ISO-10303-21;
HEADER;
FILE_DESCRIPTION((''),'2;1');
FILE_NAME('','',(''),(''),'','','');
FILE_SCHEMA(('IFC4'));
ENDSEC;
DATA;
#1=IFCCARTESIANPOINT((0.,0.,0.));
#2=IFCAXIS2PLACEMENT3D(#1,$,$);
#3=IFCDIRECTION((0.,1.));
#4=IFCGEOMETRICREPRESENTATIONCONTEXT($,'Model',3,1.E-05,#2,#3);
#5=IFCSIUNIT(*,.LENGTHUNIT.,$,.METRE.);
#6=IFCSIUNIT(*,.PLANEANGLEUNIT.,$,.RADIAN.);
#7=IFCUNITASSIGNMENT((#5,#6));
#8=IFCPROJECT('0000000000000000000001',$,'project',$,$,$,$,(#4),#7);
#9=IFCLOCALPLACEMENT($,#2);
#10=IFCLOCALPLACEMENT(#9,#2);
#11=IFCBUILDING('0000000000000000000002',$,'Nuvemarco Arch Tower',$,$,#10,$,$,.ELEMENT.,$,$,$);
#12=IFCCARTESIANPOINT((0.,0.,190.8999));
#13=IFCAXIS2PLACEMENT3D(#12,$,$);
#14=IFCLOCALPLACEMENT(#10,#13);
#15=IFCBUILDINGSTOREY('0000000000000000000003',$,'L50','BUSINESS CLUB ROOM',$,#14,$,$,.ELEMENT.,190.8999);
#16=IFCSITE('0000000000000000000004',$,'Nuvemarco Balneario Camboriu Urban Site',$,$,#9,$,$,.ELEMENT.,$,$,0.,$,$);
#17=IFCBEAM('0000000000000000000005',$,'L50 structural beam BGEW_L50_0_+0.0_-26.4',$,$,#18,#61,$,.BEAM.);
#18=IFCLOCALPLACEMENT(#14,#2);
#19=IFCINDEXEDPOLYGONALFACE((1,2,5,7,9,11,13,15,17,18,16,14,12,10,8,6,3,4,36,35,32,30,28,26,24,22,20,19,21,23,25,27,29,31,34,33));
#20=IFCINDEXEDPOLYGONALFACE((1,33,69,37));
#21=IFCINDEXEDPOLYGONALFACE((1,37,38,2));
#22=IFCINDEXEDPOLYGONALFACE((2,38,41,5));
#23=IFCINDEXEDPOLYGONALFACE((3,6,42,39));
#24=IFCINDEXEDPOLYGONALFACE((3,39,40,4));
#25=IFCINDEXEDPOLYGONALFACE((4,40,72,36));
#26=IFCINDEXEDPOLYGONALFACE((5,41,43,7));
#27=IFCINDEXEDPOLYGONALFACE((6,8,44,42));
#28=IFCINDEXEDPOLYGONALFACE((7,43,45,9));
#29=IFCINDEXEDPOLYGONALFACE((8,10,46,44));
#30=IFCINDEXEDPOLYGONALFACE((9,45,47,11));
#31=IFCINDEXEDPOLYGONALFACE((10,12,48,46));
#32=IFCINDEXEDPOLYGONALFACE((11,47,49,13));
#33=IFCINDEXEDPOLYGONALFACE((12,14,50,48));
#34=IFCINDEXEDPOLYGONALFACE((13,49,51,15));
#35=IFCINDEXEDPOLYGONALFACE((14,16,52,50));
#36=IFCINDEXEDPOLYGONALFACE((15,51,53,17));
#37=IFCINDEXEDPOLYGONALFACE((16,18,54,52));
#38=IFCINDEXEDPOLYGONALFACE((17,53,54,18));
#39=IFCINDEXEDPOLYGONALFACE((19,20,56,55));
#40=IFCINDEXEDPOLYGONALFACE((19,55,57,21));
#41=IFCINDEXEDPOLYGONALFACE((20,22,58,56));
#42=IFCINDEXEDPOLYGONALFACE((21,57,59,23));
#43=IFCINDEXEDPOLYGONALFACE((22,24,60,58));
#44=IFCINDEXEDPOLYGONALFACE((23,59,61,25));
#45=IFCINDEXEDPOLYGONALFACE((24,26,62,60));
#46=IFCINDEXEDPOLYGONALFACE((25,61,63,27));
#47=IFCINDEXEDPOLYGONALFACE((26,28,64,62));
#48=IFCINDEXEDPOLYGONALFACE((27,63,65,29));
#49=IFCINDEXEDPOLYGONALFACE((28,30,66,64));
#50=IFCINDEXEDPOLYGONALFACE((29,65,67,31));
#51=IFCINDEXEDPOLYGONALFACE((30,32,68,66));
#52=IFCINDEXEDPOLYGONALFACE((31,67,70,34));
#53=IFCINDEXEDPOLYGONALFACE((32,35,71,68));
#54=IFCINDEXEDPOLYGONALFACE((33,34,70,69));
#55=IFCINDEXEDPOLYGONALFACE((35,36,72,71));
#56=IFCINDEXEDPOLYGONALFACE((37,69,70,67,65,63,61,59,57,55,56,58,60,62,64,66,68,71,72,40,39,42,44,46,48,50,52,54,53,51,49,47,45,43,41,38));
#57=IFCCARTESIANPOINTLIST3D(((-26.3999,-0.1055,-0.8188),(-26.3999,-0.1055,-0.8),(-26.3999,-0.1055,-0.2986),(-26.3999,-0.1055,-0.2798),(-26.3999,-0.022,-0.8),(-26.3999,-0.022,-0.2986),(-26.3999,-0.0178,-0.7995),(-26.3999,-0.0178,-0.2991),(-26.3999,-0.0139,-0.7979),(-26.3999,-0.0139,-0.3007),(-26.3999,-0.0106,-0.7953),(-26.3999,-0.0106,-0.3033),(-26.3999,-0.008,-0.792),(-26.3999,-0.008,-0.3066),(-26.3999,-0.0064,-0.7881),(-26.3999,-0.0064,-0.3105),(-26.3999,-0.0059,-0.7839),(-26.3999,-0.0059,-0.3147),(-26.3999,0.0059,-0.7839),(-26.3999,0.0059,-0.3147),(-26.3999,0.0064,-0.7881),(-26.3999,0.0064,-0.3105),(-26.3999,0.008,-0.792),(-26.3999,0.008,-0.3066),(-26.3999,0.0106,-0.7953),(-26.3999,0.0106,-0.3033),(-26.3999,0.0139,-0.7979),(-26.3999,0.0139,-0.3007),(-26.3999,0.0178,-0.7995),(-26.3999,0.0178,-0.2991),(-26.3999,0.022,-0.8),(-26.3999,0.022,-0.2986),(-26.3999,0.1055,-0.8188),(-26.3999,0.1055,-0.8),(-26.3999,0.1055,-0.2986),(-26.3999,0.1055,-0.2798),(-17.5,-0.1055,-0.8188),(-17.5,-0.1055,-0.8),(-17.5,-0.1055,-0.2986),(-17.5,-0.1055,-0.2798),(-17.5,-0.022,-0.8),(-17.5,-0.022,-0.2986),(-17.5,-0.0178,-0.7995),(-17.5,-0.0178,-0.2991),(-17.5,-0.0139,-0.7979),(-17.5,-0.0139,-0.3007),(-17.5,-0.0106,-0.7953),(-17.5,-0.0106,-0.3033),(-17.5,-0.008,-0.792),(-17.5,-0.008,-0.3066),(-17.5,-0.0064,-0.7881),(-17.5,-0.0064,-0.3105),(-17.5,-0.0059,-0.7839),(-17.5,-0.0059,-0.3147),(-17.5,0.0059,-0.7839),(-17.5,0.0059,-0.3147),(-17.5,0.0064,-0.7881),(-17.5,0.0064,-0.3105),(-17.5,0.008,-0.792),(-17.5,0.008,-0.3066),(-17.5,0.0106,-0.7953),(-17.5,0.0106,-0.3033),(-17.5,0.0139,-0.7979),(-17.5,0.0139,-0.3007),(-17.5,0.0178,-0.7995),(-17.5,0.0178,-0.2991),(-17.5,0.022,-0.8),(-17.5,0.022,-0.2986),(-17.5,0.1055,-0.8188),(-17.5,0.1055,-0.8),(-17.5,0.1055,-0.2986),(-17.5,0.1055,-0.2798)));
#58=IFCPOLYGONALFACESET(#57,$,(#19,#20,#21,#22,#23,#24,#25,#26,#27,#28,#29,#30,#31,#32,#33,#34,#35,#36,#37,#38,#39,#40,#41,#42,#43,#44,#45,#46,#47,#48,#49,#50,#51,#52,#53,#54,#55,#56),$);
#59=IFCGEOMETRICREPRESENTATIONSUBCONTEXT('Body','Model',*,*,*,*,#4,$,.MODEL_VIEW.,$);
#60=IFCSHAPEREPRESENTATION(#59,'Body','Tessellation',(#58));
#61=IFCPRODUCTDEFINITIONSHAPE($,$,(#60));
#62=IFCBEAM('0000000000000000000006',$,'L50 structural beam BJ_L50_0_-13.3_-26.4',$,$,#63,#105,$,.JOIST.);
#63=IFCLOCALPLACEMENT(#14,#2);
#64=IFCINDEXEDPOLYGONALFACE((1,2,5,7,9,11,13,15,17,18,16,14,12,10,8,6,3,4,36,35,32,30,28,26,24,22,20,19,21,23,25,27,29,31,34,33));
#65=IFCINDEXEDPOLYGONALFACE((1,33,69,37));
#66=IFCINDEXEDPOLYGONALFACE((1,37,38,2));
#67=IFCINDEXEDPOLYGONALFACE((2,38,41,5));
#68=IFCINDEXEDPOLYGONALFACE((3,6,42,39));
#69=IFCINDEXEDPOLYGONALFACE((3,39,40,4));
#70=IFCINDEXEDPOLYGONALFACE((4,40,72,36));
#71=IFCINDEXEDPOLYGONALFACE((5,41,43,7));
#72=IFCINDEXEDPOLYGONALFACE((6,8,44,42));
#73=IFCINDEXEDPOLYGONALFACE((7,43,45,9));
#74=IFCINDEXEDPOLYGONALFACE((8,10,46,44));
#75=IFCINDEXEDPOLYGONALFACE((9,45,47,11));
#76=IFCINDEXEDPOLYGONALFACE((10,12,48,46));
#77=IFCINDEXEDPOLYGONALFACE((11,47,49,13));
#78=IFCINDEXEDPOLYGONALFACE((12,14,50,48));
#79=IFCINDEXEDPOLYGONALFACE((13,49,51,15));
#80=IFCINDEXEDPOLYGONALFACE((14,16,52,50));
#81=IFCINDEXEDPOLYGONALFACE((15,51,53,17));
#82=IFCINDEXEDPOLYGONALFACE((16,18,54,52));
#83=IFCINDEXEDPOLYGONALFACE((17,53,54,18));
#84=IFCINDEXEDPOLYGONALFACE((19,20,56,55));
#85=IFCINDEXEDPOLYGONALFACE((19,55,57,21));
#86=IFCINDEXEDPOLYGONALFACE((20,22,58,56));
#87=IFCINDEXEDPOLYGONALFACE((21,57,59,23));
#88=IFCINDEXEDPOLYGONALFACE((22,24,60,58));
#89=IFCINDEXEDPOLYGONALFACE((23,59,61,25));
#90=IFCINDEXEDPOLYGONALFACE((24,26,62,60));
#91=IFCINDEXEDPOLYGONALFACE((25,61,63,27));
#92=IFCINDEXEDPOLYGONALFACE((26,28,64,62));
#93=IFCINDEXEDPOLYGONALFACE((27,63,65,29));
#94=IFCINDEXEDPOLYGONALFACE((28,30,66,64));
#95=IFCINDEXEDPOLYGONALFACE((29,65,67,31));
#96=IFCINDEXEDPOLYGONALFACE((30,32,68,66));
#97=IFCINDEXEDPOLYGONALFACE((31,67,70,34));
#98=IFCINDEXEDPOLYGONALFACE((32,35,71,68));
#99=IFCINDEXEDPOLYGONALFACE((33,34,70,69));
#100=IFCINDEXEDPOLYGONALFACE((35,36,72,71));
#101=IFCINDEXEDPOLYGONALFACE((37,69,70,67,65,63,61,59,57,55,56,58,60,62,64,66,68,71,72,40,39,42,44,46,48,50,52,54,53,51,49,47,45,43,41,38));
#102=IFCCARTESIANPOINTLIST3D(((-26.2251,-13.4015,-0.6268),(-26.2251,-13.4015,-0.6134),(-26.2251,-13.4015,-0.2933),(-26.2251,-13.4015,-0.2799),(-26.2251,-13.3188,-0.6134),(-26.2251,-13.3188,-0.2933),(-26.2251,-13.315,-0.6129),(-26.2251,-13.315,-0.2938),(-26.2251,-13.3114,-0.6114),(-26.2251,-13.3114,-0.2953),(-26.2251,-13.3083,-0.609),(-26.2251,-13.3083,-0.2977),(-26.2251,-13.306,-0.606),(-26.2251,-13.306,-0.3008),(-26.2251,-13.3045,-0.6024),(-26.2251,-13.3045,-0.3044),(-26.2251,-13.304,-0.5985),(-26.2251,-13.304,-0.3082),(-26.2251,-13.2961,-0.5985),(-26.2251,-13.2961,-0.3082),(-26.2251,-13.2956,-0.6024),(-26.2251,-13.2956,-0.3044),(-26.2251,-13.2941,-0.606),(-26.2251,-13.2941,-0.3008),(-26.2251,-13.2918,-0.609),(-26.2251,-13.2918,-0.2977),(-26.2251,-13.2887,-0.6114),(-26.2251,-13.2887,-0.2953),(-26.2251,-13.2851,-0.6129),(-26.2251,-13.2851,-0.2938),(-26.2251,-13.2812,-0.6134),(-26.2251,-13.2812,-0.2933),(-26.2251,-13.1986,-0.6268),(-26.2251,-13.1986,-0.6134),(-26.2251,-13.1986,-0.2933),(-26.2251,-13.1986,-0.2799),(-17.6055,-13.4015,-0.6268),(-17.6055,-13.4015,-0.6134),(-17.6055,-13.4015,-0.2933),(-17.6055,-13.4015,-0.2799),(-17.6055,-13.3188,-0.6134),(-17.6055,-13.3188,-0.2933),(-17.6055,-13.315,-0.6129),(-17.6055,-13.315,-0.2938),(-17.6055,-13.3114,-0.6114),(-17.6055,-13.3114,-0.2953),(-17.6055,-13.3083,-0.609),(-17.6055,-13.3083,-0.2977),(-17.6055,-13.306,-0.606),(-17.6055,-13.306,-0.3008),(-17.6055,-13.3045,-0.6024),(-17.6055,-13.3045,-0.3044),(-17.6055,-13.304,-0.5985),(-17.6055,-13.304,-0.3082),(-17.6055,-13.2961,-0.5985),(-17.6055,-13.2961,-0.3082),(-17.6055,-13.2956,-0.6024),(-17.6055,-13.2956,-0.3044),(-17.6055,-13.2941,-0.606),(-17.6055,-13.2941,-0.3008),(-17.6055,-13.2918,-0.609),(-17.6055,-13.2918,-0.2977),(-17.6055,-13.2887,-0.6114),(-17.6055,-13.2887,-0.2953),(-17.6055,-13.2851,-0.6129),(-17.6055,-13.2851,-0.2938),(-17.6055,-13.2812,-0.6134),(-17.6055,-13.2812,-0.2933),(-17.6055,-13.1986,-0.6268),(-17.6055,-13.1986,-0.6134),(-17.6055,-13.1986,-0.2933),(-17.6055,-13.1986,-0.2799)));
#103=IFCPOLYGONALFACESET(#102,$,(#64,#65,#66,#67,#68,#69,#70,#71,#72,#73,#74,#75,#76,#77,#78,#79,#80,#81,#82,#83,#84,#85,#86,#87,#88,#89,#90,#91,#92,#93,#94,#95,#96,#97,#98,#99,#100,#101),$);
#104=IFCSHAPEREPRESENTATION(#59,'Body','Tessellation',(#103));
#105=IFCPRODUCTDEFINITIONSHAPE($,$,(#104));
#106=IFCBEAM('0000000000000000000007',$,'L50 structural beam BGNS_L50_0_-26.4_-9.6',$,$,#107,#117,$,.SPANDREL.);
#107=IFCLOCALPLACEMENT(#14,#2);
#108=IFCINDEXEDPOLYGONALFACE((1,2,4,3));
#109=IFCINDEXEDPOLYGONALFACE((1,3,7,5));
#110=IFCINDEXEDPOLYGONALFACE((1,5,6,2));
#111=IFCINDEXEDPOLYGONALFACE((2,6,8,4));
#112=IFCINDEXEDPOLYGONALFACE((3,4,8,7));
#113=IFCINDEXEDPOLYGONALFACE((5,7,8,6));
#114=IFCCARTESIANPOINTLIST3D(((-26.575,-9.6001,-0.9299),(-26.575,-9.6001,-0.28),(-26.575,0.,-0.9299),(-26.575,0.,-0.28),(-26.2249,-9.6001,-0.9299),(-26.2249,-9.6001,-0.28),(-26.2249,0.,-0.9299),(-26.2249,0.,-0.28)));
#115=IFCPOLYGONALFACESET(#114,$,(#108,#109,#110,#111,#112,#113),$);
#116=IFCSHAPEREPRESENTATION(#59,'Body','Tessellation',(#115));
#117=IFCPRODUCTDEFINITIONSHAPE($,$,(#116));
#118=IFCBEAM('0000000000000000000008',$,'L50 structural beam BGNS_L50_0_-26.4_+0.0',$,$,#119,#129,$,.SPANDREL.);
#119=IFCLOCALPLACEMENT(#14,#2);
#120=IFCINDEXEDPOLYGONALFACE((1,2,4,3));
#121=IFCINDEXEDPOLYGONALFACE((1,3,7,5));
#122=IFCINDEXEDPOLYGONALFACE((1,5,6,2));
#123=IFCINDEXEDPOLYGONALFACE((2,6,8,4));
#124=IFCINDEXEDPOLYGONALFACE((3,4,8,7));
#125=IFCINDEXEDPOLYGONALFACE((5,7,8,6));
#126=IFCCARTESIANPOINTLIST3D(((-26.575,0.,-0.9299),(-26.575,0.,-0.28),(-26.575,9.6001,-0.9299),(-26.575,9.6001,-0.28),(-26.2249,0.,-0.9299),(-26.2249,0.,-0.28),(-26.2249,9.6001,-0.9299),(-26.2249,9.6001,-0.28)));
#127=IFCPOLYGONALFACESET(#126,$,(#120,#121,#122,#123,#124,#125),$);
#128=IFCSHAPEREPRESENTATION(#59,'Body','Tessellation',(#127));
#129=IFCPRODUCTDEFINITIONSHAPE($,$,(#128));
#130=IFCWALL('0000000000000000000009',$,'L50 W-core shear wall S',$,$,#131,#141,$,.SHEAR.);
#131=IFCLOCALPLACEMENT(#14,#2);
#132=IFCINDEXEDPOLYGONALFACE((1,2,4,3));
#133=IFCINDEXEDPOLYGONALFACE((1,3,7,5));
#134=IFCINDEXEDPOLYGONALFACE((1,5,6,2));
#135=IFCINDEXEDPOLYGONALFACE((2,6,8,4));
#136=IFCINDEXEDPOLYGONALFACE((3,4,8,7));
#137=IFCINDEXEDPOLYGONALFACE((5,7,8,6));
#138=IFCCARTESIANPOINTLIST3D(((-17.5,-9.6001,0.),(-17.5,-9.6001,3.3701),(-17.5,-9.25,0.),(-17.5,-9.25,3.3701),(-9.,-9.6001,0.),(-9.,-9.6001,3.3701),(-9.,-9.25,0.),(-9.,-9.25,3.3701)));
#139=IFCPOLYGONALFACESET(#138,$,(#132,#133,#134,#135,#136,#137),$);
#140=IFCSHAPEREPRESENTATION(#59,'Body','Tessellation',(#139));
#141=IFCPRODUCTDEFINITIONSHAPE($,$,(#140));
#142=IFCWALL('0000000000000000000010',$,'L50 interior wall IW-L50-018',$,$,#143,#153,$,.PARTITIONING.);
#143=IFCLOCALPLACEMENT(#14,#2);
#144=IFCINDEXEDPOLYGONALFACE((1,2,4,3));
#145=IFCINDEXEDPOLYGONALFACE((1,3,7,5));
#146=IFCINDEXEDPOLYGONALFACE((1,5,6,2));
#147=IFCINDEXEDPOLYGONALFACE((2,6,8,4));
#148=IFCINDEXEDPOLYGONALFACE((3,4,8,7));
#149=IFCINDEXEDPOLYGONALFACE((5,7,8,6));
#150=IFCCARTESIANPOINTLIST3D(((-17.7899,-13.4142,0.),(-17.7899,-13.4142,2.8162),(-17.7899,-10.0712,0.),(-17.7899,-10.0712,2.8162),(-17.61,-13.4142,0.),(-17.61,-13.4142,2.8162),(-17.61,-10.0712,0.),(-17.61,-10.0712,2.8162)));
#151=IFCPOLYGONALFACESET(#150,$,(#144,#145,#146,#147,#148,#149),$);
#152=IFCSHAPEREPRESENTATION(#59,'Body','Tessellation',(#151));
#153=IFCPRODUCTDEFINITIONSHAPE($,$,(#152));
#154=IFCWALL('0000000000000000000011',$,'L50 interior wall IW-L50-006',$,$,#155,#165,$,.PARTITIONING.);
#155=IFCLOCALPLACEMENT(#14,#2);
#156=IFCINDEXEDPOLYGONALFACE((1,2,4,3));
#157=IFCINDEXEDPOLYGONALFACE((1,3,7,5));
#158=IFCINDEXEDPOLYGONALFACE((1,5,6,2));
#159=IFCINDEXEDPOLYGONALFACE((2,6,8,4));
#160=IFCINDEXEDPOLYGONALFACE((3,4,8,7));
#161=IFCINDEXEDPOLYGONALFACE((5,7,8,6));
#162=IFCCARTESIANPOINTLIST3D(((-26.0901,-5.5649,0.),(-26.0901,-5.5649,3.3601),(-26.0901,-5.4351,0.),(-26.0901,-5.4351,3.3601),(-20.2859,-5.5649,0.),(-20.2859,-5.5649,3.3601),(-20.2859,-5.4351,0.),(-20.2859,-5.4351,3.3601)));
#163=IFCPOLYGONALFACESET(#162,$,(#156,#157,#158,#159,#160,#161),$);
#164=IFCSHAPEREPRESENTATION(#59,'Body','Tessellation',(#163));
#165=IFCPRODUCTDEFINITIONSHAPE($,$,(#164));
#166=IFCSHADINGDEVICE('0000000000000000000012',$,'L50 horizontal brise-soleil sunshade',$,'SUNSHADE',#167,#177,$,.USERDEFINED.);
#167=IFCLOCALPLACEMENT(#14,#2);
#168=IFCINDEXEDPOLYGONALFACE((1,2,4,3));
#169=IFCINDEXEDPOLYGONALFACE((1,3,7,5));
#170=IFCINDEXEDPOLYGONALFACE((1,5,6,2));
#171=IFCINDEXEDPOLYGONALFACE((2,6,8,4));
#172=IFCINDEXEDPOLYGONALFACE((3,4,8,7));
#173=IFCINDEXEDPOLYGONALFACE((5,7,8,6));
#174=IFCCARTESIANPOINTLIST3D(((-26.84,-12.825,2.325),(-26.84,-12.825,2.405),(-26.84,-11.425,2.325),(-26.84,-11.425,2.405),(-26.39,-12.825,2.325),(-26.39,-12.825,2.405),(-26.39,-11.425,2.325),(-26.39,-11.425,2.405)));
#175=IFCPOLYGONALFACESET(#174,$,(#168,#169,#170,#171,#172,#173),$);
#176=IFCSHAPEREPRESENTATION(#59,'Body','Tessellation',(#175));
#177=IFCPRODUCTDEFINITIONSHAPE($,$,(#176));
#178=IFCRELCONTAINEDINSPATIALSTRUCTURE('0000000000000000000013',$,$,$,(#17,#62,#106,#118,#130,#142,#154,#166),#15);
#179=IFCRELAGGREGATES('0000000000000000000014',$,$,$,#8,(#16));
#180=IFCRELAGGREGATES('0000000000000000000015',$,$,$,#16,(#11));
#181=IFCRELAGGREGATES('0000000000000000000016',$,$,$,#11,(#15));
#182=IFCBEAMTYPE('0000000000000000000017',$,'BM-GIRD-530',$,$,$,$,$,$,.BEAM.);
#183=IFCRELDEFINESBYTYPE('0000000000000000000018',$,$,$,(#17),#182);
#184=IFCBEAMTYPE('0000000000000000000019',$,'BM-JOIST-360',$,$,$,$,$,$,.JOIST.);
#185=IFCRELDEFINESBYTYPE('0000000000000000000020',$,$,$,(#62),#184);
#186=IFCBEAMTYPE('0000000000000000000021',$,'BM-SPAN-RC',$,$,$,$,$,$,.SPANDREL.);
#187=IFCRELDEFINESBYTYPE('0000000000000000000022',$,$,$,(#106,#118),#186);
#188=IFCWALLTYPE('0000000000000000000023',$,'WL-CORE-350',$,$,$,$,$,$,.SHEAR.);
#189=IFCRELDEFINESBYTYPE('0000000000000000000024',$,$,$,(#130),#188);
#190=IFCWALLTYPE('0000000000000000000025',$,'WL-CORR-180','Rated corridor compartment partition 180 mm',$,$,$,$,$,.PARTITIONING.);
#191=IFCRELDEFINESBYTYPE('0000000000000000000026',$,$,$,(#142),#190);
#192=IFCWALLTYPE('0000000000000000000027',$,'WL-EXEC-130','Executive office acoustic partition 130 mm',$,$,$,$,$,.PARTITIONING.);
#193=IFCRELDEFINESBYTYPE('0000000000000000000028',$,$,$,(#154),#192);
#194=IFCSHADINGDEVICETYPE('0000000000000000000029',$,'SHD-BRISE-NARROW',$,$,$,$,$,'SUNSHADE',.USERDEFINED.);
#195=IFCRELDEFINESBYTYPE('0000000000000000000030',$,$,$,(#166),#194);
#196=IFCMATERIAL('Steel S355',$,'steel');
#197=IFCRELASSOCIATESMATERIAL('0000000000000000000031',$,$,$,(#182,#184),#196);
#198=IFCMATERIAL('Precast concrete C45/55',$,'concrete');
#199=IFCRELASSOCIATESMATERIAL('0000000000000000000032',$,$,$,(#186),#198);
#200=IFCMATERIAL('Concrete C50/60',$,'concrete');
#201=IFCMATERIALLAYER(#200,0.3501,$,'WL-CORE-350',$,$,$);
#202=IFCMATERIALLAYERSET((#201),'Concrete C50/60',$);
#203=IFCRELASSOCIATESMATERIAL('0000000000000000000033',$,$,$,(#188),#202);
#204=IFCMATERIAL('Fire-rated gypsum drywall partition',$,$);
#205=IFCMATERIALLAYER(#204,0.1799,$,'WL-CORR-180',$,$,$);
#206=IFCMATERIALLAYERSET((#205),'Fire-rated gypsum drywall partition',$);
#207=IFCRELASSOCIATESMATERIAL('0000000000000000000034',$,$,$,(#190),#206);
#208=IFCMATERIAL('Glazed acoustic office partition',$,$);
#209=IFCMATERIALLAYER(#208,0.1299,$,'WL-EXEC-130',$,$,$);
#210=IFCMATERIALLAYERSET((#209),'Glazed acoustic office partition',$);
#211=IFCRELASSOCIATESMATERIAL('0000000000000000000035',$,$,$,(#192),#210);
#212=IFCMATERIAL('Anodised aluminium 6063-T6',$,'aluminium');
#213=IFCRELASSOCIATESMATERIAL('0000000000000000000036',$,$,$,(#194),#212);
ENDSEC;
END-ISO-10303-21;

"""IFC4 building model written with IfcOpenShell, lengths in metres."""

from ifc_helpers import new_model, si_unit, direction, frame, frame_2d, origin, origin_2d, place, context, subcontext, project, spatial, rectangle, i_section, extrude, source, transform, mapped, material, layer, layer_set, material_profile, profile_set, type_object, type_shapes, element, save


model = new_model("IFC4")

# Units and contexts
model_context = context("Model", 3, precision=1e-05, world=origin(), true_north=direction((0.0, 1.0)))
body_context = subcontext(model_context, "Body", "Model", "MODEL_VIEW")
ifc_project = project(units=[si_unit("LENGTHUNIT", "METRE"), si_unit("PLANEANGLEUNIT", "RADIAN")], contexts=[model_context])

# Site, building, storey
site_placement = place(None, origin())
site = spatial("IfcSite", under=ifc_project, at=site_placement, Name="Nuvemarco Balneario Camboriu Urban Site", CompositionType="ELEMENT", RefElevation=0.0)
building_placement = place(site_placement, origin())
building = spatial("IfcBuilding", under=site, at=building_placement, Name="Nuvemarco Arch Tower", CompositionType="ELEMENT")
storey_placement = place(building_placement, frame((0.0, 0.0, 190.8999)))
storey = spatial("IfcBuildingStorey", under=building, at=storey_placement, Name="L50", Description="BUSINESS CLUB ROOM", CompositionType="ELEMENT", Elevation=190.8999)

# Shared definitions
ifc_material_1 = material(Name="Concrete C50/60", Category="concrete")
ifc_material_2 = material(Name="Steel S355", Category="steel")

# Beams
ifc_material_profile_1 = material_profile(ifc_material_2, i_section(OverallWidth=0.2109, OverallDepth=0.5391, WebThickness=0.0117, FlangeThickness=0.0188, FilletRadius=0.0161, at=origin_2d()), Name="W530x109")
ifc_profile_set_1 = profile_set([ifc_material_profile_1], Name="Steel S355")
beam_type_1 = type_object("IfcBeamType", Name="BM-GIRD-530", PredefinedType="BEAM", material=ifc_profile_set_1)
beam_1_placement = place(storey_placement, frame((-26.3999, 0.0, -0.5493), z_axis=(1.0, 0.0, 0.0), x_axis=(0.0, 1.0, 0.0)))
element("IfcBeam", 1, at=beam_1_placement, inside=storey, type_object=beam_type_1, Name="L50 structural beam BGEW_L50_0_+0.0_-26.4", PredefinedType="BEAM", context=body_context, shape_type="SweptSolid", body=[
    extrude(i_section(OverallWidth=0.2109, OverallDepth=0.5391, WebThickness=0.0117, FlangeThickness=0.0188, FilletRadius=0.0161, at=origin_2d()), origin(), (0.0, 0.0, 1.0), 8.8999),
])
ifc_material_profile_2 = material_profile(ifc_material_2, i_section(OverallWidth=0.2029, OverallDepth=0.3469, WebThickness=0.0078, FlangeThickness=0.0134, FilletRadius=0.0149, at=origin_2d()), Name="W360x64")
ifc_profile_set_2 = profile_set([ifc_material_profile_2], Name="Steel S355")
beam_type_2 = type_object("IfcBeamType", Name="BM-JOIST-360", PredefinedType="JOIST", material=ifc_profile_set_2)
beam_2_placement = place(storey_placement, frame((-26.2251, -13.3, -0.4534), z_axis=(1.0, 0.0, 0.0), x_axis=(0.0, 1.0, 0.0)))
element("IfcBeam", 2, at=beam_2_placement, inside=storey, type_object=beam_type_2, Name="L50 structural beam BJ_L50_0_-13.3_-26.4", PredefinedType="JOIST", context=body_context, shape_type="SweptSolid", body=[
    extrude(i_section(OverallWidth=0.2029, OverallDepth=0.3469, WebThickness=0.0078, FlangeThickness=0.0134, FilletRadius=0.0149, at=origin_2d()), origin(), (0.0, 0.0, 1.0), 8.6196),
])
ifc_material_3 = material(Name="Precast concrete C45/55", Category="concrete")
ifc_material_profile_3 = material_profile(ifc_material_3, rectangle(XDim=0.3501, YDim=0.6499, at=origin_2d()), Name="PC-SP-350x650")
ifc_profile_set_3 = profile_set([ifc_material_profile_3], Name="Precast concrete C45/55")
beam_type_3 = type_object("IfcBeamType", Name="BM-SPAN-RC", PredefinedType="SPANDREL", material=ifc_profile_set_3)
for number, where, z_axis, x_axis, name in (
    (3, (-26.3999, -9.6001, -0.605), (0.0, 1.0, 0.0), (-1.0, 0.0, 0.0), "L50 structural beam BGNS_L50_0_-26.4_-9.6"),
    (4, (-26.3999, 0.0, -0.605), (0.0, 1.0, 0.0), (-1.0, 0.0, 0.0), "L50 structural beam BGNS_L50_0_-26.4_+0.0"),
):
    element("IfcBeam", number, at=place(storey_placement, frame(where, z_axis=z_axis, x_axis=x_axis)), inside=storey, type_object=beam_type_3, Name=name, PredefinedType="SPANDREL", context=body_context, shape_type="SweptSolid", body=[
        extrude(rectangle(XDim=0.3501, YDim=0.6499, at=origin_2d()), origin(), (0.0, 0.0, 1.0), 9.6001),
    ])

# Walls
ifc_layer_1 = layer(ifc_material_1, 0.3501, Name="WL-CORE-350")
ifc_layer_set_1 = layer_set([ifc_layer_1], Name="Concrete C50/60")
wall_type_1 = type_object("IfcWallType", Name="WL-CORE-350", PredefinedType="SHEAR", material=ifc_layer_set_1)
wall_1_placement = place(storey_placement, frame((-17.5, -9.425, 0.0), z_axis=(0.0, 0.0, 1.0), x_axis=(1.0, 0.0, 0.0)))
element("IfcWall", 5, at=wall_1_placement, inside=storey, type_object=wall_type_1, Name="L50 W-core shear wall S", PredefinedType="SHEAR", context=body_context, shape_type="SweptSolid", body=[
    extrude(rectangle(XDim=8.5, YDim=0.3501, at=frame_2d((4.25, 0.0))), origin(), (0.0, 0.0, 1.0), 3.3701),
])
ifc_material_4 = material(Name="Fire-rated gypsum drywall partition")
ifc_layer_2 = layer(ifc_material_4, 0.1799, Name="WL-CORR-180")
ifc_layer_set_2 = layer_set([ifc_layer_2], Name="Fire-rated gypsum drywall partition")
wall_type_2 = type_object("IfcWallType", Name="WL-CORR-180", Description="Rated corridor compartment partition 180 mm", PredefinedType="PARTITIONING", material=ifc_layer_set_2)
wall_2_placement = place(storey_placement, frame((-17.7, -13.4141, 0.0), z_axis=(0.0, 0.0, 1.0), x_axis=(0.0, 1.0, 0.0)))
element("IfcWall", 6, at=wall_2_placement, inside=storey, type_object=wall_type_2, Name="L50 interior wall IW-L50-018", PredefinedType="PARTITIONING", context=body_context, shape_type="SweptSolid", body=[
    extrude(rectangle(XDim=3.343, YDim=0.1799, at=frame_2d((1.6714, 0.0))), origin(), (0.0, 0.0, 1.0), 2.8162),
])
ifc_material_5 = material(Name="Glazed acoustic office partition")
ifc_layer_3 = layer(ifc_material_5, 0.1299, Name="WL-EXEC-130")
ifc_layer_set_3 = layer_set([ifc_layer_3], Name="Glazed acoustic office partition")
wall_type_3 = type_object("IfcWallType", Name="WL-EXEC-130", Description="Executive office acoustic partition 130 mm", PredefinedType="PARTITIONING", material=ifc_layer_set_3)
wall_3_placement = place(storey_placement, frame((-26.0901, -5.5, 0.0), z_axis=(0.0, 0.0, 1.0), x_axis=(1.0, 0.0, 0.0)))
element("IfcWall", 7, at=wall_3_placement, inside=storey, type_object=wall_type_3, Name="L50 interior wall IW-L50-006", PredefinedType="PARTITIONING", context=body_context, shape_type="SweptSolid", body=[
    extrude(rectangle(XDim=5.8042, YDim=0.1299, at=frame_2d((2.9021, 0.0))), origin(), (0.0, 0.0, 1.0), 3.3601),
])

# Shading device
ifc_material_6 = material(Name="Anodised aluminium 6063-T6", Category="aluminium")
shading_device_type = type_object("IfcShadingDeviceType", Name="SHD-BRISE-NARROW", ElementType="SUNSHADE", PredefinedType="USERDEFINED", material=ifc_material_6)
shared_shape = source(origin(), body_context, "Body", "SweptSolid", [
    extrude(rectangle(XDim=1.3999, YDim=0.45, at=origin_2d()), origin(), (0.0, 0.0, 1.0), 0.0801),
])
type_shapes(shading_device_type, [shared_shape])
for number, where, z_axis, x_axis, name in (
    (8, (-26.615, -12.125, 2.325), (0.0, 0.0, 1.0), (0.0, 1.0, 0.0), "L50 horizontal brise-soleil sunshade"),
):
    element("IfcShadingDevice", number, at=place(storey_placement, frame(where, z_axis=z_axis, x_axis=x_axis)), inside=storey, type_object=shading_device_type, Name=name, ObjectType="SUNSHADE", PredefinedType="USERDEFINED", context=body_context, shape_type="MappedRepresentation", body=[
        mapped(shared_shape, transform((0.0, 0.0, 0.0), scale=1.0)),
    ])

save(model, "model.ifc")
